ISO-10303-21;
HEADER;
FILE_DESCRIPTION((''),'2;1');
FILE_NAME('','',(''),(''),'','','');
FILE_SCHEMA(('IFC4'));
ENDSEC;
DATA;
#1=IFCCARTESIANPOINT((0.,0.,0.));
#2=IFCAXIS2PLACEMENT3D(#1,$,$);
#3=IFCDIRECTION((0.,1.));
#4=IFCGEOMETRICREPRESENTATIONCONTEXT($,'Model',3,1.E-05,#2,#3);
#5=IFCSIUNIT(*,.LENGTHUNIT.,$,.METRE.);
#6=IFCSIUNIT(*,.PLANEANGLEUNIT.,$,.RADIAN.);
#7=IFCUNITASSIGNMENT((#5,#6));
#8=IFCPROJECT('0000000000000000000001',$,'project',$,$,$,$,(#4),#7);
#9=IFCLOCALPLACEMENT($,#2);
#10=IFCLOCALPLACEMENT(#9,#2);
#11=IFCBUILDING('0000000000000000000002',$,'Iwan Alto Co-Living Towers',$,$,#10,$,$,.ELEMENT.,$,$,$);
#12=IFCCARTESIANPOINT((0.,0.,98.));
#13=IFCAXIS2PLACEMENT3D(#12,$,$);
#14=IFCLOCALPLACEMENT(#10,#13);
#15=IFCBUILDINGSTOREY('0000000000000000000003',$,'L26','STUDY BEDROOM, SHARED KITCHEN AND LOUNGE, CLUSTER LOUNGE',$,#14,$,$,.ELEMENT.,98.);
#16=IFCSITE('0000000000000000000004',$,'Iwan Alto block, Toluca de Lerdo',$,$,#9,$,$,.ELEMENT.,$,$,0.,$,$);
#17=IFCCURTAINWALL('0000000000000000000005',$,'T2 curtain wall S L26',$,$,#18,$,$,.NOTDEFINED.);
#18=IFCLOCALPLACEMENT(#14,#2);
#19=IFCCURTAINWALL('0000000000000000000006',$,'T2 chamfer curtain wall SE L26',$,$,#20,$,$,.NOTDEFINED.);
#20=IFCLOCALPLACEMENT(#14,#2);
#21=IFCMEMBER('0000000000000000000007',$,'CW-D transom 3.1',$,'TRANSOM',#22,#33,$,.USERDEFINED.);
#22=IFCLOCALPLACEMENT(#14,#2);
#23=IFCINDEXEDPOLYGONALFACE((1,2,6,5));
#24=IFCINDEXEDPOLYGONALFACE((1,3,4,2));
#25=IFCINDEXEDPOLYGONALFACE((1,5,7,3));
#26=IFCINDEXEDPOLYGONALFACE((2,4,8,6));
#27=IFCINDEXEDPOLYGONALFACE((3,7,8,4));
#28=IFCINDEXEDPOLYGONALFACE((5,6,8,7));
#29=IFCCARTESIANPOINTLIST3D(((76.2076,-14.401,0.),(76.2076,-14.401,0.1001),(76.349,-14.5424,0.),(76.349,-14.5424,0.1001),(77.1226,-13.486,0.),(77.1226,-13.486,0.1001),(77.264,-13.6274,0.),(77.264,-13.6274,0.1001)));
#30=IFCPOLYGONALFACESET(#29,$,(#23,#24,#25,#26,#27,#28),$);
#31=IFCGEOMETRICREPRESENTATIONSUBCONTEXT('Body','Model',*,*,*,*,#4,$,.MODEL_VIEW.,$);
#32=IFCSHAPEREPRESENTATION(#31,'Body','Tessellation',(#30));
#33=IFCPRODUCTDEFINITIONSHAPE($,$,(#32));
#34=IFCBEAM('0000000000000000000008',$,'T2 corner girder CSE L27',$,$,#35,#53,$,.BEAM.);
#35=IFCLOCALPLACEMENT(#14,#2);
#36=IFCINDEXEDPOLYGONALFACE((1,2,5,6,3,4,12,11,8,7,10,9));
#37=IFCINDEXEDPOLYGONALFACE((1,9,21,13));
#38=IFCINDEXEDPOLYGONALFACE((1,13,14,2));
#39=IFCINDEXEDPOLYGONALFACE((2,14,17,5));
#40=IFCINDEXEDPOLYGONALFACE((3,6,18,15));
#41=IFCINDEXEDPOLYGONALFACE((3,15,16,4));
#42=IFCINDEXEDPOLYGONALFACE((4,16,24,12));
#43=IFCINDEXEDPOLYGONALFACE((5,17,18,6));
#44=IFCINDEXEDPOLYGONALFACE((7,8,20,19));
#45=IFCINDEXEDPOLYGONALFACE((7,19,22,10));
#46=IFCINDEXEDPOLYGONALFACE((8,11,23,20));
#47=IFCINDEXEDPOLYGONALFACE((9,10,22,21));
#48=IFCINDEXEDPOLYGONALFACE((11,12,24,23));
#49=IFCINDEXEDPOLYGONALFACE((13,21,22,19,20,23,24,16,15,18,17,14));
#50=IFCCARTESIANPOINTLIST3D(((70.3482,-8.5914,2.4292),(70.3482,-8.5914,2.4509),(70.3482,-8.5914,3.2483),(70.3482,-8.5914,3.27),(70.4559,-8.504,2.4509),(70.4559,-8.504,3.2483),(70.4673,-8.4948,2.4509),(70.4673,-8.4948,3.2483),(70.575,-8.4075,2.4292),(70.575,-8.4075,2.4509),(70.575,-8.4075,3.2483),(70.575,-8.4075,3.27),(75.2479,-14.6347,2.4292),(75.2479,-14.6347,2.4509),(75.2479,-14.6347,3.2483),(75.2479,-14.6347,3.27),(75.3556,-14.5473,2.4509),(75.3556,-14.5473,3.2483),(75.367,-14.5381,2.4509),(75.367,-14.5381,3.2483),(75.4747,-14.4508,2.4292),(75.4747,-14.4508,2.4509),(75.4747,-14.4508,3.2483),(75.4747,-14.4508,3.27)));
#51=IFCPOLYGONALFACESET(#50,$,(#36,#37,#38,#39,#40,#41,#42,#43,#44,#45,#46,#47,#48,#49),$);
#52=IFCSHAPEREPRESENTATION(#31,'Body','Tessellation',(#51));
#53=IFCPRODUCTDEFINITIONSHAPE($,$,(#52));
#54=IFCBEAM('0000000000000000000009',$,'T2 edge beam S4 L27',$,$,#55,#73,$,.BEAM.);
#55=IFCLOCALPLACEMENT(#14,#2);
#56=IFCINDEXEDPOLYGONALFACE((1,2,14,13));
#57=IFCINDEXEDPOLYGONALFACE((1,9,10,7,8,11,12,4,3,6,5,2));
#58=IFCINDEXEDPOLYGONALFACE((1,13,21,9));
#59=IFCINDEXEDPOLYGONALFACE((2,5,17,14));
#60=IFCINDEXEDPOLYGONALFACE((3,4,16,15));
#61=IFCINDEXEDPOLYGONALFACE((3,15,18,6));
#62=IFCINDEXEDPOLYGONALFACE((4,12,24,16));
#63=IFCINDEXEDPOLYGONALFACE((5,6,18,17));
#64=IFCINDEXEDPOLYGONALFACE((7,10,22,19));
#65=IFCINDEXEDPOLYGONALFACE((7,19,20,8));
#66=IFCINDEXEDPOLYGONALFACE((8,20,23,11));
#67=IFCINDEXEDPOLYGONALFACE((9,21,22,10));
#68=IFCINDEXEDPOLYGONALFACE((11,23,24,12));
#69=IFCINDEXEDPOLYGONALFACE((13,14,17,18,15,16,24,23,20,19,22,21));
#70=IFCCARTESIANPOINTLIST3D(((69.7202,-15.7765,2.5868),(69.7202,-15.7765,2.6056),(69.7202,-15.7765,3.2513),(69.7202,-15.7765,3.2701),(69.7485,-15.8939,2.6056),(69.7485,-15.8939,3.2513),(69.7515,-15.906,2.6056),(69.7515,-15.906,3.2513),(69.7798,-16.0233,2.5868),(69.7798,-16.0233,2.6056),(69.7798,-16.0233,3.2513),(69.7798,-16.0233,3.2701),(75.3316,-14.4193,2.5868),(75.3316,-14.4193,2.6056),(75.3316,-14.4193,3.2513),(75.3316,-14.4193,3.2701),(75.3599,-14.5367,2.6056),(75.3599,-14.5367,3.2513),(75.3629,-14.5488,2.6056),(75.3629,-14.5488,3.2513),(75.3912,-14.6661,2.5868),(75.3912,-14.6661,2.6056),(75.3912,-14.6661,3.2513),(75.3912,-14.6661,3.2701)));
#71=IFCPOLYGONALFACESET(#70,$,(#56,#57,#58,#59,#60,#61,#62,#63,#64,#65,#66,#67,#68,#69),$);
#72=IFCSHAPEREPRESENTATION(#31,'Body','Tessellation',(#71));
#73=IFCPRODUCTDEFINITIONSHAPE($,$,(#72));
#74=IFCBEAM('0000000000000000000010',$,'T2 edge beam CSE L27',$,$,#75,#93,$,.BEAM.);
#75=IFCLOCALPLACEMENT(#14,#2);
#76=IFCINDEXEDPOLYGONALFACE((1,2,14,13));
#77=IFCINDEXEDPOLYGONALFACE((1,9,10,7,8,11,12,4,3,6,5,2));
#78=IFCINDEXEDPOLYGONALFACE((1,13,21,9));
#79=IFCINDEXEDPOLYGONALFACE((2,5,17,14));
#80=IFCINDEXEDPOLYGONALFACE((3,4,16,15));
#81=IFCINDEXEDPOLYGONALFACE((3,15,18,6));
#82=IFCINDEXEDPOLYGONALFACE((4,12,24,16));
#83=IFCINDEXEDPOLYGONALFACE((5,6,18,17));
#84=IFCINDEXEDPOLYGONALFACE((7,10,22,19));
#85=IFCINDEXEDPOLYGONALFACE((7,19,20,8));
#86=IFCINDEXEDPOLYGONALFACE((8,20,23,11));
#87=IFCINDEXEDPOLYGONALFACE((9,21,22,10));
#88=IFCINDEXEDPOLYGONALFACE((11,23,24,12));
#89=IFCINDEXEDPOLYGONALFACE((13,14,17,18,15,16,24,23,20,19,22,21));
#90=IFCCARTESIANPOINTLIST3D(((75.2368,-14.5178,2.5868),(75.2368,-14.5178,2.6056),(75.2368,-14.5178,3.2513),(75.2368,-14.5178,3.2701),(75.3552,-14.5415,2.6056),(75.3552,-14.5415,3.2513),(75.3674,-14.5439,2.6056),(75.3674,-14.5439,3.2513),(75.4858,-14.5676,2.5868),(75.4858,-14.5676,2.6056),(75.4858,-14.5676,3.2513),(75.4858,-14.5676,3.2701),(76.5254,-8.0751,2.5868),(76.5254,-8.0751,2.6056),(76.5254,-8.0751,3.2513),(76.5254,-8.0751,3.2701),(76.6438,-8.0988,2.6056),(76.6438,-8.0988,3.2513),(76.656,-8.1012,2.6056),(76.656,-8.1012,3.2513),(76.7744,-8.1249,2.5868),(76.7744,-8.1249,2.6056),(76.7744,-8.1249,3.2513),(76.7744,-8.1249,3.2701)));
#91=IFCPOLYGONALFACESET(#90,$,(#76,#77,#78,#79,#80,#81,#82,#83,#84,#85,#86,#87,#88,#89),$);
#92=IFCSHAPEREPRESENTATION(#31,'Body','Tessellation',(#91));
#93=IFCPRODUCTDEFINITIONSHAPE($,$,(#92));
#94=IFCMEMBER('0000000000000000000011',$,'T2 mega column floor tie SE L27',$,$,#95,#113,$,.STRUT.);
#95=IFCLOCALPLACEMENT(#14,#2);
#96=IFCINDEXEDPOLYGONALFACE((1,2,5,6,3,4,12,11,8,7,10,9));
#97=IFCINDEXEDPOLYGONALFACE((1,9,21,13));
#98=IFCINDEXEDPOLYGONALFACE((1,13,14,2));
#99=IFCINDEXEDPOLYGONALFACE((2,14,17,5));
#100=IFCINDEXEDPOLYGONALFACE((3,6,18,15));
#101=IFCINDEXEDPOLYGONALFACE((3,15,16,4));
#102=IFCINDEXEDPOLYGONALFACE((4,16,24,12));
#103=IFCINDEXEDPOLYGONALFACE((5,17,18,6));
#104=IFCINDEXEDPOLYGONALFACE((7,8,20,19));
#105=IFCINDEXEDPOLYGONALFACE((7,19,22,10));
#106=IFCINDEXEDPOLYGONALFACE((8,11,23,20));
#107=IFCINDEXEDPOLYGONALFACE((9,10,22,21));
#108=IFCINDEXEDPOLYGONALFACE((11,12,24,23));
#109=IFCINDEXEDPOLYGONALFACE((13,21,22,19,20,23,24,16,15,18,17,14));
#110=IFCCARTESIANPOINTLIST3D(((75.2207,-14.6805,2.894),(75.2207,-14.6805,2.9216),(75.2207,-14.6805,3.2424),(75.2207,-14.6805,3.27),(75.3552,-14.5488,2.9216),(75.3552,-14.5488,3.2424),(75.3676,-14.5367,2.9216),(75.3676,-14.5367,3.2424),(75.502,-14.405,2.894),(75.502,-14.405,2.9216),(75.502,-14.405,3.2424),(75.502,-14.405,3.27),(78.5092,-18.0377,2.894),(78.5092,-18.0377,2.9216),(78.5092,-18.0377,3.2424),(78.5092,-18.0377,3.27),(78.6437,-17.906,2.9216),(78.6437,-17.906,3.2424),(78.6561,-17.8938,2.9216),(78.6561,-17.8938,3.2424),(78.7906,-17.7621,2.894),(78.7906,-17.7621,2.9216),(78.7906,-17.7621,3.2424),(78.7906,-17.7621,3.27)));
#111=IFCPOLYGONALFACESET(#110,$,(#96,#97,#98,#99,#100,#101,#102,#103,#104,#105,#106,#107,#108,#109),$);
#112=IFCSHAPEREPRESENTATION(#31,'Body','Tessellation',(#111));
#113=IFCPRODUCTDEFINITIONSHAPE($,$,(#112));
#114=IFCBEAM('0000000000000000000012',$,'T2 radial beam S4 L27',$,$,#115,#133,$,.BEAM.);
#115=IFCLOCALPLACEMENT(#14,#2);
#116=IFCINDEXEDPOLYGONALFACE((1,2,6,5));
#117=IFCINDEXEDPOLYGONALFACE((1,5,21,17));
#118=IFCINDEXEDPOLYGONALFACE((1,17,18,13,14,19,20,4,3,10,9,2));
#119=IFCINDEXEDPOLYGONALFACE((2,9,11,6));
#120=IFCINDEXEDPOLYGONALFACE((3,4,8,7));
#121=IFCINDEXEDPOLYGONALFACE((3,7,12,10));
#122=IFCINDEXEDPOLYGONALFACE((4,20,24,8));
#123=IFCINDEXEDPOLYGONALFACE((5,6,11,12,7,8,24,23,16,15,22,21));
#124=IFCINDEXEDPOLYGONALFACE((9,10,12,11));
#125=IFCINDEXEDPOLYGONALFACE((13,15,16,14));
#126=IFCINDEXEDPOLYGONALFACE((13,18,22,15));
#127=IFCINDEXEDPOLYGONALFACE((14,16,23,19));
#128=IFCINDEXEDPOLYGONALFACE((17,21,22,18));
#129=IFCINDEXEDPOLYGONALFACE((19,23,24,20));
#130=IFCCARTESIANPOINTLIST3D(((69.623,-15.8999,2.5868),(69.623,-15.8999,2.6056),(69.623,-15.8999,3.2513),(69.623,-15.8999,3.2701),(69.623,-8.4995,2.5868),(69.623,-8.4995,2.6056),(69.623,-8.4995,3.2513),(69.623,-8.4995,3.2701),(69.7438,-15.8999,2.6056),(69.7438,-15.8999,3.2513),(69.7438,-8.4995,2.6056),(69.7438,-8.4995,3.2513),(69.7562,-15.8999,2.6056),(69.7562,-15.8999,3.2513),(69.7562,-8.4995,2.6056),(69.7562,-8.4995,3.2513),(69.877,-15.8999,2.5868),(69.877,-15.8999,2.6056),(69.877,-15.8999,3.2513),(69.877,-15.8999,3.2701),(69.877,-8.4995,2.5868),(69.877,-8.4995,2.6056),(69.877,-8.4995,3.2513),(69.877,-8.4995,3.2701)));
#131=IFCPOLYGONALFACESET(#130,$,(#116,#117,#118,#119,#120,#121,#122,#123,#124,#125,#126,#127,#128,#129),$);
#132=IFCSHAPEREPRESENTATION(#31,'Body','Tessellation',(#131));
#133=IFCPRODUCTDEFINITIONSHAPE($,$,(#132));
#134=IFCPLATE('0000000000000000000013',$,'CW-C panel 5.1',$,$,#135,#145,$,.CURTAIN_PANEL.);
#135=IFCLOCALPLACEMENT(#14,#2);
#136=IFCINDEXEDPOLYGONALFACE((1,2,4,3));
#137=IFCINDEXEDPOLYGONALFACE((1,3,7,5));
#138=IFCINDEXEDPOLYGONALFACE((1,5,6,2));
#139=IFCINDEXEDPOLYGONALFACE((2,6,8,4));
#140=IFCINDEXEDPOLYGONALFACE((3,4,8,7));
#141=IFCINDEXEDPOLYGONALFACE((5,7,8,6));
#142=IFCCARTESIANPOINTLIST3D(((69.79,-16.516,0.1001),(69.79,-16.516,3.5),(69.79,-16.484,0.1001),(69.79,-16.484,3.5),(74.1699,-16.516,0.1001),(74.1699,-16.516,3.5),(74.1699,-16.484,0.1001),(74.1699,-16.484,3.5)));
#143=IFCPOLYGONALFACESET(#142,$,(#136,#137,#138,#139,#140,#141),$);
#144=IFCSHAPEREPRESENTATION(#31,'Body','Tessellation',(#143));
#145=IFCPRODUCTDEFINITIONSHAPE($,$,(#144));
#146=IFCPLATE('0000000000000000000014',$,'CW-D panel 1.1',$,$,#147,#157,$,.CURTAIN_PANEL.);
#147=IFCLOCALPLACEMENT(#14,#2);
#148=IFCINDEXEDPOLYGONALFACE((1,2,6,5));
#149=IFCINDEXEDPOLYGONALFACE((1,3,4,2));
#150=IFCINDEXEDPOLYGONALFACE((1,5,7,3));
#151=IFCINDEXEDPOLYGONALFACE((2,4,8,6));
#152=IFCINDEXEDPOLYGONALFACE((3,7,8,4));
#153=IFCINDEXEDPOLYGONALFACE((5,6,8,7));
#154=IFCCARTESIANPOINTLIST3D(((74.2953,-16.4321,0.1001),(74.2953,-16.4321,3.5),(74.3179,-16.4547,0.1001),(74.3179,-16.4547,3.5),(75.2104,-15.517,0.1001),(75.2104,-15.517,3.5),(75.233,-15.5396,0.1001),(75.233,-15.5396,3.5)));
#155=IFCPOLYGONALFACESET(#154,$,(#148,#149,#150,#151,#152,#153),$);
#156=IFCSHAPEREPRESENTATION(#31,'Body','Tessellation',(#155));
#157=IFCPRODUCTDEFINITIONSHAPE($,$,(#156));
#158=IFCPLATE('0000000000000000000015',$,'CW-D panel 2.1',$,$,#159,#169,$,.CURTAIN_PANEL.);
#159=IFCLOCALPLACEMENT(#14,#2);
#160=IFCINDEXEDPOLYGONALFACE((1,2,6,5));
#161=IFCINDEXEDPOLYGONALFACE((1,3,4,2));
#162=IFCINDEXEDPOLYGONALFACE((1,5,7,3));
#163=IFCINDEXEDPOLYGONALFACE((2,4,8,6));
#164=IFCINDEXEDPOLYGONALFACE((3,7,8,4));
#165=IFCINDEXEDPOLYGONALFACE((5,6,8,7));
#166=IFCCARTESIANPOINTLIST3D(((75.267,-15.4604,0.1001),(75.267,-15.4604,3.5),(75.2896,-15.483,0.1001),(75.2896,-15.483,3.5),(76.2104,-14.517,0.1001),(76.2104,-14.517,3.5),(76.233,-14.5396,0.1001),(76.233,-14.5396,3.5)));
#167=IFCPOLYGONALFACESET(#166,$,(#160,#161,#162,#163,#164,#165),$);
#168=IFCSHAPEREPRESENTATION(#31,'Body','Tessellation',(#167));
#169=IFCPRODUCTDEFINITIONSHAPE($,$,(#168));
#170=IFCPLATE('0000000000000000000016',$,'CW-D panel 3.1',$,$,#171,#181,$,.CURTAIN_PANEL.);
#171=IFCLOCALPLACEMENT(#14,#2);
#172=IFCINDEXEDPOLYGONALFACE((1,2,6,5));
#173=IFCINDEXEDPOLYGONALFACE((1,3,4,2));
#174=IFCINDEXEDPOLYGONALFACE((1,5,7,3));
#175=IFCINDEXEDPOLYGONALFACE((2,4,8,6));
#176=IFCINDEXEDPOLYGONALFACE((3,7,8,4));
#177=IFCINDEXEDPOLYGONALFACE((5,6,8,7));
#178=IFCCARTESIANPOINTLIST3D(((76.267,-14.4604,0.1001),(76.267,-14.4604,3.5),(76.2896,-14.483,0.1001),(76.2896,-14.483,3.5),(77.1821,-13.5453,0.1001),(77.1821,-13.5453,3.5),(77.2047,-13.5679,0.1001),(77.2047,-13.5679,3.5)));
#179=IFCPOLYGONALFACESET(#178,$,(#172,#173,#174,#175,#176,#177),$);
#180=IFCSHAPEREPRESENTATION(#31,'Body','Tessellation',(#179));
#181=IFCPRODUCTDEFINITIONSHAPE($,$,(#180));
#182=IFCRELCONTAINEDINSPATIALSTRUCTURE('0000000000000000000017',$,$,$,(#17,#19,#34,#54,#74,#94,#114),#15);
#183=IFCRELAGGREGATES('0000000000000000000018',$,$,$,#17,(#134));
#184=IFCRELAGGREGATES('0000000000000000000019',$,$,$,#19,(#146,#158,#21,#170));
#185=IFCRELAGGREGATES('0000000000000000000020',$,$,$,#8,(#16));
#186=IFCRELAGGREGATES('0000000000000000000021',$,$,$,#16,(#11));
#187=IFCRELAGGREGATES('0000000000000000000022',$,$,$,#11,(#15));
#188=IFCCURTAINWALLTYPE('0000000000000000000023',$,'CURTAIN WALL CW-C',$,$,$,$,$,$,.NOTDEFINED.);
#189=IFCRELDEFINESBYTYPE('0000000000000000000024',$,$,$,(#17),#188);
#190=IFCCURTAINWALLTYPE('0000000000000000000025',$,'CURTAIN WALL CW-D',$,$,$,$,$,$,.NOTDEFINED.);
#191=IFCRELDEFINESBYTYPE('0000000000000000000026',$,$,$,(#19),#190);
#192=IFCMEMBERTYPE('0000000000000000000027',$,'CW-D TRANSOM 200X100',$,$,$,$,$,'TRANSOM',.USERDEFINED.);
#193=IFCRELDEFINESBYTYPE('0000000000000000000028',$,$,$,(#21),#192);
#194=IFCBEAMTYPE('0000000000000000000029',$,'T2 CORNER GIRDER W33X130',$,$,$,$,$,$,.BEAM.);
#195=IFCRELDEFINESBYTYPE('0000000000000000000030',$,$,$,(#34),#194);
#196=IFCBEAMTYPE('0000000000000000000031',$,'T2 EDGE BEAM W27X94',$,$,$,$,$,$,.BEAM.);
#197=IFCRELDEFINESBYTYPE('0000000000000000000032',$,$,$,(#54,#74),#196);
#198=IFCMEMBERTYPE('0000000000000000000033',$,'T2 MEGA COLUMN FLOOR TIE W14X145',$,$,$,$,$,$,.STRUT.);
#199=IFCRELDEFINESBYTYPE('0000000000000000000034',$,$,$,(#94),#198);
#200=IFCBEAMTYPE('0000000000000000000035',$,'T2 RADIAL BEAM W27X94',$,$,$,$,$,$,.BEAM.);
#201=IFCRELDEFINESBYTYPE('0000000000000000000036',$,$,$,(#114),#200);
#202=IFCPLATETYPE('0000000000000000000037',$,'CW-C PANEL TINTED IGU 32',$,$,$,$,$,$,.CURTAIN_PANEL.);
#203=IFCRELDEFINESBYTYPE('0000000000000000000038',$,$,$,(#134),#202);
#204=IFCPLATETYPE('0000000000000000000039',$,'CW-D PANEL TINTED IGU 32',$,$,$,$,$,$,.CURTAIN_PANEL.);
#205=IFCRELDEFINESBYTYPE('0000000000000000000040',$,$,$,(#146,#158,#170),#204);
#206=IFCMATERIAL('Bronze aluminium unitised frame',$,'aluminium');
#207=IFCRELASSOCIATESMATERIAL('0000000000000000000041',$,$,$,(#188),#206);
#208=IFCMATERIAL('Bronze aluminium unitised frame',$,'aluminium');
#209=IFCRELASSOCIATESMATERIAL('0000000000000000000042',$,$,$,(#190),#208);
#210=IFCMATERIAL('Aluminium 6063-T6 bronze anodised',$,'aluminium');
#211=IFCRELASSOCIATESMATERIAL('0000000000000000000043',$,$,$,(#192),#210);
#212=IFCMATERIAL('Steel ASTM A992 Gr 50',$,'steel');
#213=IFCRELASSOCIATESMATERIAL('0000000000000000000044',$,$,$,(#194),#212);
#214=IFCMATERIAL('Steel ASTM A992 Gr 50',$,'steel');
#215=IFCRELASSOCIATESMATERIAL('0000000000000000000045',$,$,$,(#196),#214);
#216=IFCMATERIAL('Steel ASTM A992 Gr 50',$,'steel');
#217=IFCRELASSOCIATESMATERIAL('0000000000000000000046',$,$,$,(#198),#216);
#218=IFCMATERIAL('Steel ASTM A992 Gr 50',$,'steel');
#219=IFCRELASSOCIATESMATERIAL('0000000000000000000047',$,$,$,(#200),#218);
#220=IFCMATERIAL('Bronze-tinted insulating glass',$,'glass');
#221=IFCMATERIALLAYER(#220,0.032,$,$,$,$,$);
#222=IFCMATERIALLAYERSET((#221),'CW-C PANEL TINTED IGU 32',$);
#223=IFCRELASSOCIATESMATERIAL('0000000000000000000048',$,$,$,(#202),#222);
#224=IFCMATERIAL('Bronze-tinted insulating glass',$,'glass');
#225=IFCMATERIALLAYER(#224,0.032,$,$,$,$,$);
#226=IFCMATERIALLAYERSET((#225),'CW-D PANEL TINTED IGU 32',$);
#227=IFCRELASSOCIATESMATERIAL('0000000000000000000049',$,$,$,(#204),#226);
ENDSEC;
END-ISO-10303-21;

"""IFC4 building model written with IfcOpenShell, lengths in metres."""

from ifc_helpers import new_model, si_unit, direction, frame, origin, origin_2d, place, context, subcontext, project, spatial, rectangle, i_section, extrude, material, layer, layer_set, material_profile, profile_set, type_object, element, aggregate, save


model = new_model("IFC4")

# Units and contexts
model_context = context("Model", 3, precision=1e-05, world=origin(), true_north=direction((0.0, 1.0)))
body_context = subcontext(model_context, "Body", "Model", "MODEL_VIEW")
ifc_project = project(units=[si_unit("LENGTHUNIT", "METRE"), si_unit("PLANEANGLEUNIT", "RADIAN")], contexts=[model_context])

# Site, building, storey
site_placement = place(None, origin())
site = spatial("IfcSite", under=ifc_project, at=site_placement, Name="Iwan Alto block, Toluca de Lerdo", CompositionType="ELEMENT", RefElevation=0.0)
building_placement = place(site_placement, origin())
building = spatial("IfcBuilding", under=site, at=building_placement, Name="Iwan Alto Co-Living Towers", CompositionType="ELEMENT")
storey_placement = place(building_placement, frame((0.0, 0.0, 98.0)))
storey = spatial("IfcBuildingStorey", under=building, at=storey_placement, Name="L26", Description="STUDY BEDROOM, SHARED KITCHEN AND LOUNGE, CLUSTER LOUNGE", CompositionType="ELEMENT", Elevation=98.0)

# Curtain wall
ifc_material_1 = material(Name="Bronze aluminium unitised frame", Category="aluminium")
curtain_wall_type_1 = type_object("IfcCurtainWallType", Name="CURTAIN WALL CW-C", PredefinedType="NOTDEFINED", material=ifc_material_1)
curtain_wall_1_placement = place(storey_placement, origin())
curtain_wall_1 = element("IfcCurtainWall", 1, at=curtain_wall_1_placement, inside=storey, type_object=curtain_wall_type_1, Name="T2 curtain wall S L26", PredefinedType="NOTDEFINED")

# Curtain wall, member
ifc_material_2 = material(Name="Bronze aluminium unitised frame", Category="aluminium")
curtain_wall_type_2 = type_object("IfcCurtainWallType", Name="CURTAIN WALL CW-D", PredefinedType="NOTDEFINED", material=ifc_material_2)
curtain_wall_2_placement = place(storey_placement, origin())
curtain_wall_2 = element("IfcCurtainWall", 2, at=curtain_wall_2_placement, inside=storey, type_object=curtain_wall_type_2, Name="T2 chamfer curtain wall SE L26", PredefinedType="NOTDEFINED")
ifc_material_3 = material(Name="Aluminium 6063-T6 bronze anodised", Category="aluminium")
ifc_material_profile_1 = material_profile(ifc_material_3, rectangle(XDim=0.2, YDim=0.1001, at=origin_2d()), Name="AL 200X100")
ifc_profile_set_1 = profile_set([ifc_material_profile_1], Name="Aluminium 6063-T6 bronze anodised")
member_type_1 = type_object("IfcMemberType", Name="CW-D TRANSOM 200X100", ElementType="TRANSOM", PredefinedType="USERDEFINED", material=ifc_profile_set_1)
member_1_placement = place(storey_placement, frame((76.2783, -14.4717, 0.05), z_axis=(0.707107, 0.707107, 0.0), x_axis=(-0.707107, 0.707107, 0.0)))
member_1 = element("IfcMember", 3, at=member_1_placement, type_object=member_type_1, Name="CW-D transom 3.1", ObjectType="TRANSOM", PredefinedType="USERDEFINED", context=body_context, shape_type="SweptSolid", body=[
    extrude(rectangle(XDim=0.2, YDim=0.1001, at=origin_2d()), origin(), (0.0, 0.0, 1.0), 1.2939),
])

# Beams
ifc_material_4 = material(Name="Steel ASTM A992 Gr 50", Category="steel")
ifc_material_profile_2 = material_profile(ifc_material_4, i_section(OverallWidth=0.292, OverallDepth=0.8408, WebThickness=0.0146, FlangeThickness=0.0217, at=origin_2d()), Name="W33X130")
ifc_profile_set_2 = profile_set([ifc_material_profile_2], Name="Steel ASTM A992 Gr 50")
beam_type_1 = type_object("IfcBeamType", Name="T2 CORNER GIRDER W33X130", PredefinedType="BEAM", material=ifc_profile_set_2)
beam_1_placement = place(storey_placement, frame((75.3613, -14.5427, 2.8496), z_axis=(-0.629783, 0.776771, 0.0), x_axis=(-0.776771, -0.629783, 0.0)))
element("IfcBeam", 4, at=beam_1_placement, inside=storey, type_object=beam_type_1, Name="T2 corner girder CSE L27", PredefinedType="BEAM", context=body_context, shape_type="SweptSolid", body=[
    extrude(i_section(OverallWidth=0.292, OverallDepth=0.8408, WebThickness=0.0146, FlangeThickness=0.0217, at=origin_2d()), origin(), (0.0, 0.0, 1.0), 7.78),
])
ifc_material_5 = material(Name="Steel ASTM A992 Gr 50", Category="steel")
ifc_material_profile_3 = material_profile(ifc_material_5, i_section(OverallWidth=0.2539, OverallDepth=0.6833, WebThickness=0.0125, FlangeThickness=0.0188, at=origin_2d()), Name="W27X94")
ifc_profile_set_3 = profile_set([ifc_material_profile_3], Name="Steel ASTM A992 Gr 50")
beam_type_2 = type_object("IfcBeamType", Name="T2 EDGE BEAM W27X94", PredefinedType="BEAM", material=ifc_profile_set_3)
beam_2_placement = place(storey_placement, frame((69.75, -15.8999, 2.9285), z_axis=(0.971975, 0.235086, 0.0), x_axis=(-0.235086, 0.971975, 0.0)))
element("IfcBeam", 5, at=beam_2_placement, inside=storey, type_object=beam_type_2, Name="T2 edge beam S4 L27", PredefinedType="BEAM", context=body_context, shape_type="SweptSolid", body=[
    extrude(i_section(OverallWidth=0.2539, OverallDepth=0.6833, WebThickness=0.0125, FlangeThickness=0.0188, at=origin_2d()), origin(), (0.0, 0.0, 1.0), 5.7732),
])
beam_3_placement = place(storey_placement, frame((75.3613, -14.5427, 2.9285), z_axis=(0.196123, 0.980579, 0.0), x_axis=(-0.980579, 0.196123, 0.0)))
element("IfcBeam", 6, at=beam_3_placement, inside=storey, type_object=beam_type_2, Name="T2 edge beam CSE L27", PredefinedType="BEAM", context=body_context, shape_type="SweptSolid", body=[
    extrude(i_section(OverallWidth=0.2539, OverallDepth=0.6833, WebThickness=0.0125, FlangeThickness=0.0188, at=origin_2d()), origin(), (0.0, 0.0, 1.0), 6.5703),
])

# Member
ifc_material_6 = material(Name="Steel ASTM A992 Gr 50", Category="steel")
ifc_material_profile_4 = material_profile(ifc_material_6, i_section(OverallWidth=0.3938, OverallDepth=0.376, WebThickness=0.0173, FlangeThickness=0.0276, at=origin_2d()), Name="W14X145")
ifc_profile_set_4 = profile_set([ifc_material_profile_4], Name="Steel ASTM A992 Gr 50")
member_type_2 = type_object("IfcMemberType", Name="T2 MEGA COLUMN FLOOR TIE W14X145", PredefinedType="STRUT", material=ifc_profile_set_4)
member_2_placement = place(storey_placement, frame((78.6499, -17.8999, 3.082), z_axis=(-0.69977, 0.714368, 0.0), x_axis=(-0.714368, -0.69977, 0.0)))
element("IfcMember", 7, at=member_2_placement, inside=storey, type_object=member_type_2, Name="T2 mega column floor tie SE L27", PredefinedType="STRUT", context=body_context, shape_type="SweptSolid", body=[
    extrude(i_section(OverallWidth=0.3938, OverallDepth=0.376, WebThickness=0.0173, FlangeThickness=0.0276, at=origin_2d()), origin(), (0.0, 0.0, 1.0), 4.6995),
])

# Beam
ifc_material_7 = material(Name="Steel ASTM A992 Gr 50", Category="steel")
ifc_material_profile_5 = material_profile(ifc_material_7, i_section(OverallWidth=0.2539, OverallDepth=0.6833, WebThickness=0.0125, FlangeThickness=0.0188, at=origin_2d()), Name="W27X94")
ifc_profile_set_5 = profile_set([ifc_material_profile_5], Name="Steel ASTM A992 Gr 50")
beam_type_3 = type_object("IfcBeamType", Name="T2 RADIAL BEAM W27X94", PredefinedType="BEAM", material=ifc_profile_set_5)
beam_4_placement = place(storey_placement, frame((69.75, -15.8999, 2.9285), z_axis=(0.0, 1.0, 0.0), x_axis=(-1.0, 0.0, 0.0)))
element("IfcBeam", 8, at=beam_4_placement, inside=storey, type_object=beam_type_3, Name="T2 radial beam S4 L27", PredefinedType="BEAM", context=body_context, shape_type="SweptSolid", body=[
    extrude(i_section(OverallWidth=0.2539, OverallDepth=0.6833, WebThickness=0.0125, FlangeThickness=0.0188, at=origin_2d()), origin(), (0.0, 0.0, 1.0), 7.4004),
])

# Plates
ifc_material_8 = material(Name="Bronze-tinted insulating glass", Category="glass")
ifc_layer_1 = layer(ifc_material_8, 0.032)
ifc_layer_set_1 = layer_set([ifc_layer_1], Name="CW-C PANEL TINTED IGU 32")
plate_type_1 = type_object("IfcPlateType", Name="CW-C PANEL TINTED IGU 32", PredefinedType="CURTAIN_PANEL", material=ifc_layer_set_1)
plate_1_placement = place(storey_placement, frame((71.98, -16.5, 0.1001), z_axis=(0.0, 0.0, 1.0), x_axis=(1.0, 0.0, 0.0)))
plate_1 = element("IfcPlate", 9, at=plate_1_placement, type_object=plate_type_1, Name="CW-C panel 5.1", PredefinedType="CURTAIN_PANEL", context=body_context, shape_type="SweptSolid", body=[
    extrude(rectangle(XDim=4.3799, YDim=0.032, at=origin_2d()), origin(), (0.0, 0.0, 1.0), 3.3999),
])
aggregate(curtain_wall_1, [plate_1])
ifc_material_9 = material(Name="Bronze-tinted insulating glass", Category="glass")
ifc_layer_2 = layer(ifc_material_9, 0.032)
ifc_layer_set_2 = layer_set([ifc_layer_2], Name="CW-D PANEL TINTED IGU 32")
plate_type_2 = type_object("IfcPlateType", Name="CW-D PANEL TINTED IGU 32", PredefinedType="CURTAIN_PANEL", material=ifc_layer_set_2)
plate_2_placement = place(storey_placement, frame((74.7642, -15.9858, 0.1001), z_axis=(0.0, 0.0, 1.0), x_axis=(0.707107, 0.707107, 0.0)))
plate_2 = element("IfcPlate", 10, at=plate_2_placement, type_object=plate_type_2, Name="CW-D panel 1.1", PredefinedType="CURTAIN_PANEL", context=body_context, shape_type="SweptSolid", body=[
    extrude(rectangle(XDim=1.2942, YDim=0.032, at=origin_2d()), origin(), (0.0, 0.0, 1.0), 3.3999),
])
plate_3_placement = place(storey_placement, frame((75.75, -15.0, 0.1001), z_axis=(0.0, 0.0, 1.0), x_axis=(0.707107, 0.707107, 0.0)))
plate_3 = element("IfcPlate", 11, at=plate_3_placement, type_object=plate_type_2, Name="CW-D panel 2.1", PredefinedType="CURTAIN_PANEL", context=body_context, shape_type="SweptSolid", body=[
    extrude(rectangle(XDim=1.3342, YDim=0.032, at=origin_2d()), origin(), (0.0, 0.0, 1.0), 3.3999),
])
plate_4_placement = place(storey_placement, frame((76.7358, -14.0142, 0.1001), z_axis=(0.0, 0.0, 1.0), x_axis=(0.707107, 0.707107, 0.0)))
plate_4 = element("IfcPlate", 12, at=plate_4_placement, type_object=plate_type_2, Name="CW-D panel 3.1", PredefinedType="CURTAIN_PANEL", context=body_context, shape_type="SweptSolid", body=[
    extrude(rectangle(XDim=1.2942, YDim=0.032, at=origin_2d()), origin(), (0.0, 0.0, 1.0), 3.3999),
])
aggregate(curtain_wall_2, [plate_2, plate_3, member_1, plate_4])

save(model, "model.ifc")
